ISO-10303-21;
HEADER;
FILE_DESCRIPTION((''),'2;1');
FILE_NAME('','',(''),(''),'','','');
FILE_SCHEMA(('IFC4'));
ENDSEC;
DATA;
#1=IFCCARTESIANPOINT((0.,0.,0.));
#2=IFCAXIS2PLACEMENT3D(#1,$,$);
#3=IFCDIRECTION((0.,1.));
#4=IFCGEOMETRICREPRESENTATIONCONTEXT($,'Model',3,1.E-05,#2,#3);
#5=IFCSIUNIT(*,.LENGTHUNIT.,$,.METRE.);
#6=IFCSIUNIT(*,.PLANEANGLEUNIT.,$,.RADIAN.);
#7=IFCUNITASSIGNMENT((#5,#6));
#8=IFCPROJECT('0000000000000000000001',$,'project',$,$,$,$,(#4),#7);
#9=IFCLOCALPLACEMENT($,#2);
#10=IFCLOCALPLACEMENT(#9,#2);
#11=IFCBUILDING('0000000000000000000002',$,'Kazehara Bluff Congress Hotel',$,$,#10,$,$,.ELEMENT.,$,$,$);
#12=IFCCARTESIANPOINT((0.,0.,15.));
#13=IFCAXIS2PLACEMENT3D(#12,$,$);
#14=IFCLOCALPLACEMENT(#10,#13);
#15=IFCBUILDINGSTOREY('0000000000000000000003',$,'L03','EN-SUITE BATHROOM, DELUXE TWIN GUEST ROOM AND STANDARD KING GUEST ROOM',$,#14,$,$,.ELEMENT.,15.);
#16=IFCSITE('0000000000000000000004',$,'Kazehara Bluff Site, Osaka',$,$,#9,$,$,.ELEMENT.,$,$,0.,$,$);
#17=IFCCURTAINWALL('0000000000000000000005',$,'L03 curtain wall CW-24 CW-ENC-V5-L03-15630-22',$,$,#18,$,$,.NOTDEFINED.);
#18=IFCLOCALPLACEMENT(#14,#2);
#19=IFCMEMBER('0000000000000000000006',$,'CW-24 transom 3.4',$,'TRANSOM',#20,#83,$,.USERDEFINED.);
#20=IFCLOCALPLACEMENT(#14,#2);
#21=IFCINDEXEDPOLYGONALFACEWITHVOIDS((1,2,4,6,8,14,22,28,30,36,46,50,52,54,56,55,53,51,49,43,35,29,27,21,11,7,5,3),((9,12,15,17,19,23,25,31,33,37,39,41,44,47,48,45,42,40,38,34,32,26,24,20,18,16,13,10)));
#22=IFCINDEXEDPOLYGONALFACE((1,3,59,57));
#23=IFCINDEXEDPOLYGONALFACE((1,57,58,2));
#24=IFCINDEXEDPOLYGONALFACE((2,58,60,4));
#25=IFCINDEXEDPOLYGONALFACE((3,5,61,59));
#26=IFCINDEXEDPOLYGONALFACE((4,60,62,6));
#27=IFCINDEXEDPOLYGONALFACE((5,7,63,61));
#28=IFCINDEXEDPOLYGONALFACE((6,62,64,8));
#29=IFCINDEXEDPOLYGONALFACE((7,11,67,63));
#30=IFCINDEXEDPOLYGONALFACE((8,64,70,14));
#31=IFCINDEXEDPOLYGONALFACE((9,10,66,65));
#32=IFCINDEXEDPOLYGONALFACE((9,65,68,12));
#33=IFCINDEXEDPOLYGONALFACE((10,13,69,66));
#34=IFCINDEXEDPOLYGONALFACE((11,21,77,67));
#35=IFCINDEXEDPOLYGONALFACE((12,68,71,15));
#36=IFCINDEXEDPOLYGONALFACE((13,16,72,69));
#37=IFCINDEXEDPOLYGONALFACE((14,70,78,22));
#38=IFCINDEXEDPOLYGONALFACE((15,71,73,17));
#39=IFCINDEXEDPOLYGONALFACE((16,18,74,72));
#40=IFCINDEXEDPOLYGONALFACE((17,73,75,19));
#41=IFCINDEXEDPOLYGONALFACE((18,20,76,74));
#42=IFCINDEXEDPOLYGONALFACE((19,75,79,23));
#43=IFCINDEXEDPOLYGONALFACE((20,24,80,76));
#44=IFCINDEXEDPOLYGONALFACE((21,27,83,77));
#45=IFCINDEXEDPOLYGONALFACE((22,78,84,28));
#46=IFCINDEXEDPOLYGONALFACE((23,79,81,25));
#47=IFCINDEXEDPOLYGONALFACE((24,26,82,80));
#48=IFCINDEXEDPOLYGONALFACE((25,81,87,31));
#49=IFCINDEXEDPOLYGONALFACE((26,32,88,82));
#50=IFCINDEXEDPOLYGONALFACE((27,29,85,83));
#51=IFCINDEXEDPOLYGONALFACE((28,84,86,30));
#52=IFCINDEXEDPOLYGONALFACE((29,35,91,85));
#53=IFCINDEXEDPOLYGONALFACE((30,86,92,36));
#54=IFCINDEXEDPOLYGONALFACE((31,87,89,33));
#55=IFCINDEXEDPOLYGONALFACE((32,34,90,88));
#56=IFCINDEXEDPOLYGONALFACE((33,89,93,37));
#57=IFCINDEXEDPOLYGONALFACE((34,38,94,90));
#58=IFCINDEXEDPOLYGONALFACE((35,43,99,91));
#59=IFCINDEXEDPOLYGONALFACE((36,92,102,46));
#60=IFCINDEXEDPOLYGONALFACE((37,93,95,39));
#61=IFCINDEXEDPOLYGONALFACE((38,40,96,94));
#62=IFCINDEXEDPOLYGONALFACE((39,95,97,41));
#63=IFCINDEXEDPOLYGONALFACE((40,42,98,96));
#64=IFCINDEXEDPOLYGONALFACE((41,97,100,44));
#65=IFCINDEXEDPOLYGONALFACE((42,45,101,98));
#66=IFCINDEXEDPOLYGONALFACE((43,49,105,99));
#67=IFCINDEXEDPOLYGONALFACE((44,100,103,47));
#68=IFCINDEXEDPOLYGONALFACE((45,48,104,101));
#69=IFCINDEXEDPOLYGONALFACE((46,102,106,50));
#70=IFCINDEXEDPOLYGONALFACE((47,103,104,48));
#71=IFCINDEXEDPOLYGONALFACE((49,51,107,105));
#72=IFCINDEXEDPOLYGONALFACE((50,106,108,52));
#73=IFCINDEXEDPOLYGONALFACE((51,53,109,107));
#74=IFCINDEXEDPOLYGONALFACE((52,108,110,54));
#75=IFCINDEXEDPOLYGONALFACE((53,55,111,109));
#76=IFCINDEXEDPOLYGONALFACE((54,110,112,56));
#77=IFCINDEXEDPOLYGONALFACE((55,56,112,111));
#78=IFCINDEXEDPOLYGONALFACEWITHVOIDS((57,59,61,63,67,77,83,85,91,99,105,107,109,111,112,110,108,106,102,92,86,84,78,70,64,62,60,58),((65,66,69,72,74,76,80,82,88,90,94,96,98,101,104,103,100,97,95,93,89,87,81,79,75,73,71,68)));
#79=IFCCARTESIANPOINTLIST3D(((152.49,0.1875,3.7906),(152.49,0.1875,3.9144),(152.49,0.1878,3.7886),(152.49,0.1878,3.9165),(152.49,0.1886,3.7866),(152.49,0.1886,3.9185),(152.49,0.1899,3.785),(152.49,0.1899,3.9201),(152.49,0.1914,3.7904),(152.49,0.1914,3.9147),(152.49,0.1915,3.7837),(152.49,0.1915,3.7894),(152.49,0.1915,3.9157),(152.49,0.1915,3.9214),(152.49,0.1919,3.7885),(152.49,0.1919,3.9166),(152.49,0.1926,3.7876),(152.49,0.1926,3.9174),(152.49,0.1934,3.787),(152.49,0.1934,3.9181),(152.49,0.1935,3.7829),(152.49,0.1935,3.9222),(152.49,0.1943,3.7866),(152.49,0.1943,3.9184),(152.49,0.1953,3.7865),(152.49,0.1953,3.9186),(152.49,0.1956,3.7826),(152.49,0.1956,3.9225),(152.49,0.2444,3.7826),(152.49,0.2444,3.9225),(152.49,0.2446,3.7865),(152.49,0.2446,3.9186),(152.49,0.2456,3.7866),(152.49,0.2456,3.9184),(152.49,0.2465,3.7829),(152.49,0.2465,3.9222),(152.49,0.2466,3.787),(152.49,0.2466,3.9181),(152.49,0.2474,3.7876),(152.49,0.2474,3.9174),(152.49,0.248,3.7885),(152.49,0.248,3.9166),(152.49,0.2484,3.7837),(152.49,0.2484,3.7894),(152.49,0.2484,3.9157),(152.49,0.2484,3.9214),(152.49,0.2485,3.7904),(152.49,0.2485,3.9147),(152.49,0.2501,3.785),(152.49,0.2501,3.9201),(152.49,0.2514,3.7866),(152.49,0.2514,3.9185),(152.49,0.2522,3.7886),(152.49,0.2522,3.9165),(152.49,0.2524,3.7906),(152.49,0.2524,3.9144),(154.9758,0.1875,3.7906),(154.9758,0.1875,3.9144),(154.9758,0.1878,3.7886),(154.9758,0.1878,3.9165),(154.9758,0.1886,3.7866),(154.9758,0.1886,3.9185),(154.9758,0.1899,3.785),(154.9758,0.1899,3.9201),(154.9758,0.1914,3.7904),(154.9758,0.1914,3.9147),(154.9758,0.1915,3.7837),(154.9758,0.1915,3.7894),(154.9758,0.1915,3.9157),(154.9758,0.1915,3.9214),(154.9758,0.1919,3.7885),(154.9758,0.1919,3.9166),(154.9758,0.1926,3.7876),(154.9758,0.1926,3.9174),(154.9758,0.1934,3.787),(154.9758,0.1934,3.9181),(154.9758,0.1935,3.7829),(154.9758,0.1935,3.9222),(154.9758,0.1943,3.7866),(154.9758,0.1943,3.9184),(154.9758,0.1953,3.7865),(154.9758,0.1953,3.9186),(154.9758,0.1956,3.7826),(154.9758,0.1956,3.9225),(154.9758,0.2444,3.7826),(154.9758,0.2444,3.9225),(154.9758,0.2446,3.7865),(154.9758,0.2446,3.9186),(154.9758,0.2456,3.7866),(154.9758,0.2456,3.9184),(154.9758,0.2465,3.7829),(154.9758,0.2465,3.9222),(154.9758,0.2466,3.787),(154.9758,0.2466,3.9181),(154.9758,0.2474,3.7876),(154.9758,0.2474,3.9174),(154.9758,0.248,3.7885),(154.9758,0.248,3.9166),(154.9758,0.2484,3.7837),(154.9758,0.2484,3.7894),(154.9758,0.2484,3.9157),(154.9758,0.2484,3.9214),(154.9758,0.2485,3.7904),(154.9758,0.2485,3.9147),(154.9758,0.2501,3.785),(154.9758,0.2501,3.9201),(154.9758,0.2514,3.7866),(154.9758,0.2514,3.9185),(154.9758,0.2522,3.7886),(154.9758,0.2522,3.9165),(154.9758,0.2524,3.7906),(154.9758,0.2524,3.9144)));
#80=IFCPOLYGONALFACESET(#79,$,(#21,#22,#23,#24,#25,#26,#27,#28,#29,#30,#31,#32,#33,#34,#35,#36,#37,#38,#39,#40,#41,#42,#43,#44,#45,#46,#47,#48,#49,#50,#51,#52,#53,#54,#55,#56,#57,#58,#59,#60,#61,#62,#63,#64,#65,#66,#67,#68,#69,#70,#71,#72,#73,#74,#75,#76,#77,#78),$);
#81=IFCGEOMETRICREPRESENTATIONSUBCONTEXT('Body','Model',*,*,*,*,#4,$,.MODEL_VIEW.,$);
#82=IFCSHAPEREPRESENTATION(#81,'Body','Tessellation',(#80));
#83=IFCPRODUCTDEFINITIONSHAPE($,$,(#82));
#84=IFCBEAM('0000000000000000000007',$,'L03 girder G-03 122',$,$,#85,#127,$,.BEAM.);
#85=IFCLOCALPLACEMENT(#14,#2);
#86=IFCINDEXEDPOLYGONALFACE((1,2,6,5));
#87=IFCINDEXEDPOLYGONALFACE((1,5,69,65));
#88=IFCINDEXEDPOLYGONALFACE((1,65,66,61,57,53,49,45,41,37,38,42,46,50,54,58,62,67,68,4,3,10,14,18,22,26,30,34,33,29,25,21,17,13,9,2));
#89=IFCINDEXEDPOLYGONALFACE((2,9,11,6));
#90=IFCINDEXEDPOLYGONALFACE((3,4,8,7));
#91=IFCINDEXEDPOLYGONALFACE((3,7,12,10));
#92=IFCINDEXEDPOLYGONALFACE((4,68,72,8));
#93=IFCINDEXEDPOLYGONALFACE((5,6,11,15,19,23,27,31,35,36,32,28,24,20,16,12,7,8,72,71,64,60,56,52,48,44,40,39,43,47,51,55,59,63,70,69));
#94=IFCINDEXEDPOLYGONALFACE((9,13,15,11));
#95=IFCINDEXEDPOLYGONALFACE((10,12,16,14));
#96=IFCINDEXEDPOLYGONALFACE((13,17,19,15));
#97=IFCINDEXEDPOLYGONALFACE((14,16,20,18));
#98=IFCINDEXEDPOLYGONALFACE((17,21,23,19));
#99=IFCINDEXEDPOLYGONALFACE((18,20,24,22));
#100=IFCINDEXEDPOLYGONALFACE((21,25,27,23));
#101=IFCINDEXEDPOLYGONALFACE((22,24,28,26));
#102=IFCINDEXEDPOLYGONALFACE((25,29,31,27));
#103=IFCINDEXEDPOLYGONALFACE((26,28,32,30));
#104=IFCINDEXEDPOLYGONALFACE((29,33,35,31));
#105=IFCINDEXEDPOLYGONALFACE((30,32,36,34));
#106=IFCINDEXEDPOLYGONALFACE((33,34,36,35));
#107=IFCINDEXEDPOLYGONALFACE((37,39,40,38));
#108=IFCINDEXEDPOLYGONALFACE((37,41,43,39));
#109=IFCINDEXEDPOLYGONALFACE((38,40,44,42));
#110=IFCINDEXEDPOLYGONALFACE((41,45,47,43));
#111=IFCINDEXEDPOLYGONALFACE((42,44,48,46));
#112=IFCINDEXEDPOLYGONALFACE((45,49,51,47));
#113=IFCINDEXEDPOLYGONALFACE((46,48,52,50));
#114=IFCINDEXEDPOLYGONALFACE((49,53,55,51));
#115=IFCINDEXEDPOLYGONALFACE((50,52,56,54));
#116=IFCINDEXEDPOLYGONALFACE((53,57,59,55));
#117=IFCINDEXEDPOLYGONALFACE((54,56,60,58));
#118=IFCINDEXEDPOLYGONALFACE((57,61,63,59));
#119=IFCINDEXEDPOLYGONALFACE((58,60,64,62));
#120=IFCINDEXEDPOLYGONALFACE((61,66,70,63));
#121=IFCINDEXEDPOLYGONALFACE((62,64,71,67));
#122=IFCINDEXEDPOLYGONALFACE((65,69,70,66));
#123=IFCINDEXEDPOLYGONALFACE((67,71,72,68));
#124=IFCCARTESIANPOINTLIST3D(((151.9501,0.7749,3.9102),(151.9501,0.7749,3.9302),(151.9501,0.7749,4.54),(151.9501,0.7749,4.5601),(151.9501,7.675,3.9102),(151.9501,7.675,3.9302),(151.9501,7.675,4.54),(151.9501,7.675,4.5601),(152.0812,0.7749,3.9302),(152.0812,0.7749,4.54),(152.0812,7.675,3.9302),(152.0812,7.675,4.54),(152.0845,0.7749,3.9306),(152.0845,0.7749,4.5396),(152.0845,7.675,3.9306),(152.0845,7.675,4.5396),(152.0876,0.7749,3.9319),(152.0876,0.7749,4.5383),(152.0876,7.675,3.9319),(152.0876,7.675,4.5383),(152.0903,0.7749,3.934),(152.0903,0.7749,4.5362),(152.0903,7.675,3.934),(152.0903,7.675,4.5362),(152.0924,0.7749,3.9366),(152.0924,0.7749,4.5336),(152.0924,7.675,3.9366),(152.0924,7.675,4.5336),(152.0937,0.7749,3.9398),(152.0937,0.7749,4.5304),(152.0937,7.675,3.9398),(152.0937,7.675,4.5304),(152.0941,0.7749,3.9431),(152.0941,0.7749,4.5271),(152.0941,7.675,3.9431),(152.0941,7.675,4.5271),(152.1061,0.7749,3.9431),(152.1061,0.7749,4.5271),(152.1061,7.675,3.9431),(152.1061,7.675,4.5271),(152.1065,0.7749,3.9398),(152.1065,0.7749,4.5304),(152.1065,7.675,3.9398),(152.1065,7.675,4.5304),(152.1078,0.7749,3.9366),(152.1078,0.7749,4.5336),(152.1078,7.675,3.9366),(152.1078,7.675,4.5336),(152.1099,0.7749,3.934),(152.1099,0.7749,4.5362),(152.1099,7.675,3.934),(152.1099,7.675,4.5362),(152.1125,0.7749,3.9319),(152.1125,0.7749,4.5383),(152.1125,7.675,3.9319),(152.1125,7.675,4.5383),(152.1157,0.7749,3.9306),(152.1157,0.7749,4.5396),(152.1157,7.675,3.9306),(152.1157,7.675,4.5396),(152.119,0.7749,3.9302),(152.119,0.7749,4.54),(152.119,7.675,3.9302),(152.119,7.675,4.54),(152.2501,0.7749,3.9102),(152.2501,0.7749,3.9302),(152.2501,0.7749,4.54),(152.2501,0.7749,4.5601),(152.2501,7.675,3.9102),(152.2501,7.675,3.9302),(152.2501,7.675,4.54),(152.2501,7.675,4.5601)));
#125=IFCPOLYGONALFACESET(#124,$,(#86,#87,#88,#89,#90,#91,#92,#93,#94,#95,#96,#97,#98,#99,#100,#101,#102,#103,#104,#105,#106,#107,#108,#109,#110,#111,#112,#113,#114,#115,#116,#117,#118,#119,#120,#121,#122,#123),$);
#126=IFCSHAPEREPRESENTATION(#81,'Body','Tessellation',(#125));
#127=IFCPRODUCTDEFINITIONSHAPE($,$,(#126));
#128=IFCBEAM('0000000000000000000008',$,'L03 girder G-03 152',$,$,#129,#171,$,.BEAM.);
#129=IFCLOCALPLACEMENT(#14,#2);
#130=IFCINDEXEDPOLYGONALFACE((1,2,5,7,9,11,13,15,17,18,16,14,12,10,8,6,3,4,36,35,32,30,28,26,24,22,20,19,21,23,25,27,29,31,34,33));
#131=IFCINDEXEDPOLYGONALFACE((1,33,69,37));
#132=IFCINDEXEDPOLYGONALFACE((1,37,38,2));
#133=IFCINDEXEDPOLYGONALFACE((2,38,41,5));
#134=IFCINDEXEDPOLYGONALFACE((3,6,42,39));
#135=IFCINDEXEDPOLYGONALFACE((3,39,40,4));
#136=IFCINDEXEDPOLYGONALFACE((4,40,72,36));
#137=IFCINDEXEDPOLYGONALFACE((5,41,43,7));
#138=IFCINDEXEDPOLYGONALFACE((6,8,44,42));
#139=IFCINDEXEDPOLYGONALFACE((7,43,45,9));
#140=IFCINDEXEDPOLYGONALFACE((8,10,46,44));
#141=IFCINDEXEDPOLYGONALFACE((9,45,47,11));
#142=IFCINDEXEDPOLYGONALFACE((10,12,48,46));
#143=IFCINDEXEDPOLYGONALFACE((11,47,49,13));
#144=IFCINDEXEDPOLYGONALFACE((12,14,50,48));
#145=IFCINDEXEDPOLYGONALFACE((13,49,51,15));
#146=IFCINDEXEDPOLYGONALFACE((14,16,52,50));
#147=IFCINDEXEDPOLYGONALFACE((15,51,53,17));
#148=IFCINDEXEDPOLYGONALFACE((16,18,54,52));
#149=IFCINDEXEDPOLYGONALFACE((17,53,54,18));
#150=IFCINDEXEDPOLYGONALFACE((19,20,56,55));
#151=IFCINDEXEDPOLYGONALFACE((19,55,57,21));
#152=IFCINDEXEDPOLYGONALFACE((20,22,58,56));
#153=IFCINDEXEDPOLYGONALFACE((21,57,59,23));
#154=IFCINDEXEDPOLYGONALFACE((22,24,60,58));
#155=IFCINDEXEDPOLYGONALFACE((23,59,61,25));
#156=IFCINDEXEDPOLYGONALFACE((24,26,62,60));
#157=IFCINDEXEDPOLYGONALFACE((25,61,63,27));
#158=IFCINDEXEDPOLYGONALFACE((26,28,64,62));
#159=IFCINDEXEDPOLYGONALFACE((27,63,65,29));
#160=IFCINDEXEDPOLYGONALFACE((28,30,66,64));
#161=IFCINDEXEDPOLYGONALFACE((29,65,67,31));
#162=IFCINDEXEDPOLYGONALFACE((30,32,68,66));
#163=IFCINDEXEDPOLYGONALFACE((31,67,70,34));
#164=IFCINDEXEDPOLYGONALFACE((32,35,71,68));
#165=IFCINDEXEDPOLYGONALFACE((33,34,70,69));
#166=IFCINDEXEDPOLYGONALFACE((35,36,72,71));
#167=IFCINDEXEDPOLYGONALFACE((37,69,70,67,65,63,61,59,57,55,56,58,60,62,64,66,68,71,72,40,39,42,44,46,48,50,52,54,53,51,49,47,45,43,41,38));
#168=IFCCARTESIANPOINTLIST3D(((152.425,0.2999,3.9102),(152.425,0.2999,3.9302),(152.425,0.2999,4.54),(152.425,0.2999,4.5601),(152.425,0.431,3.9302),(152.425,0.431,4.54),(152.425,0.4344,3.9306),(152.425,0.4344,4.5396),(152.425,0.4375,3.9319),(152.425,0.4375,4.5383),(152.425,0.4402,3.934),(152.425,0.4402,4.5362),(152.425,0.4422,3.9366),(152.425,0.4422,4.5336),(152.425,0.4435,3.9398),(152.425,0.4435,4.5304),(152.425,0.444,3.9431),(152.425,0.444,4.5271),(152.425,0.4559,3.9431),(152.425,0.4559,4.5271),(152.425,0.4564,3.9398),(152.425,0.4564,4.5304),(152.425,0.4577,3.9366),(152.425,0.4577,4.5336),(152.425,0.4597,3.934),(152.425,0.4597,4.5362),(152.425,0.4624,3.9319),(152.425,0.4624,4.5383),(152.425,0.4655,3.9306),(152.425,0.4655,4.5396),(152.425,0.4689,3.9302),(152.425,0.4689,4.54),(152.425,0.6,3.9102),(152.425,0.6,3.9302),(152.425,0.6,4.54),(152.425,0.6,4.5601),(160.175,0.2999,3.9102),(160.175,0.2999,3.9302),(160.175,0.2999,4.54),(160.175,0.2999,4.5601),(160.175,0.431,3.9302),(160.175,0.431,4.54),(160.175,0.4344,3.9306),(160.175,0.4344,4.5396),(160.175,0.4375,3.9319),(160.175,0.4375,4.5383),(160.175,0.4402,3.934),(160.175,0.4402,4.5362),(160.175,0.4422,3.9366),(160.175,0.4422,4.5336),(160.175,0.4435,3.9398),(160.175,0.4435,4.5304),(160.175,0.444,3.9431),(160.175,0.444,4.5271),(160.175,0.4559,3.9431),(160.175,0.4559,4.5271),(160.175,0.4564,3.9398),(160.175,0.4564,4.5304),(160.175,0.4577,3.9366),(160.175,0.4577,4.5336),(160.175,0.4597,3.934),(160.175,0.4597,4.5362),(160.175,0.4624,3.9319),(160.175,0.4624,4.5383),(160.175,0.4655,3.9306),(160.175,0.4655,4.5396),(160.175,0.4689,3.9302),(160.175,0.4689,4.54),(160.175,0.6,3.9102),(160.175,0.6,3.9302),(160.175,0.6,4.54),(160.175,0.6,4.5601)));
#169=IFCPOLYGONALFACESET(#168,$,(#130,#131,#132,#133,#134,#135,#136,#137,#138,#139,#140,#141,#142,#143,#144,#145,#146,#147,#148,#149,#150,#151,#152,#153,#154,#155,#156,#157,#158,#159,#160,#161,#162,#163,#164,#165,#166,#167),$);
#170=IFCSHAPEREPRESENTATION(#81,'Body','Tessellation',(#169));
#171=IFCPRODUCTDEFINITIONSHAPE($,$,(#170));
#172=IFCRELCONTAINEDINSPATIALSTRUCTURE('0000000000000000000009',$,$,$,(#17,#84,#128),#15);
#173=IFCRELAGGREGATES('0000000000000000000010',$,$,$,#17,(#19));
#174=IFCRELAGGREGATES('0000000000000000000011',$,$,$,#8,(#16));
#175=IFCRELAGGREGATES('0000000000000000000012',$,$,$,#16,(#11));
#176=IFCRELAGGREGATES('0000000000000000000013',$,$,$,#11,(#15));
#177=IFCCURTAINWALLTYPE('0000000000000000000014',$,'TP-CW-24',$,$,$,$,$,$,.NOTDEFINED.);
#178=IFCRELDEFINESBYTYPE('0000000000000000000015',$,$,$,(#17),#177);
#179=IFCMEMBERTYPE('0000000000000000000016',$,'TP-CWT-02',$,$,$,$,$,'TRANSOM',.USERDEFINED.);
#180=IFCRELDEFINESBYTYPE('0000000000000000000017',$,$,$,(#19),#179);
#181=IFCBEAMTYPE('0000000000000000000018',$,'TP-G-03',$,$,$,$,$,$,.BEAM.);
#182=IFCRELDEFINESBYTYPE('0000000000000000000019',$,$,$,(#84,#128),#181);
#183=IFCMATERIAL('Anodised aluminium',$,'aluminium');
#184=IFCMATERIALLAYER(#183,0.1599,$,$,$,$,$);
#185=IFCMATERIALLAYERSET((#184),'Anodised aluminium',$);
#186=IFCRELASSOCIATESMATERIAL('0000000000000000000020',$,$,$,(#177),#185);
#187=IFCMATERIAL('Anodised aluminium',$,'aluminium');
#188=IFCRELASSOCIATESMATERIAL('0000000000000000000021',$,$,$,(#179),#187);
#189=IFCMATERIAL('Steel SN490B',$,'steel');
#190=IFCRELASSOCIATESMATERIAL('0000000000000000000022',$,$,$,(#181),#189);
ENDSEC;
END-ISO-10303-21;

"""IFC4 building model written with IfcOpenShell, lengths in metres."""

from ifc_helpers import new_model, si_unit, direction, frame, origin, origin_2d, place, context, subcontext, project, spatial, hollow_rectangle, i_section, extrude, material, layer, layer_set, material_profile, profile_set, type_object, element, aggregate, save


model = new_model("IFC4")

# Units and contexts
model_context = context("Model", 3, precision=1e-05, world=origin(), true_north=direction((0.0, 1.0)))
body_context = subcontext(model_context, "Body", "Model", "MODEL_VIEW")
ifc_project = project(units=[si_unit("LENGTHUNIT", "METRE"), si_unit("PLANEANGLEUNIT", "RADIAN")], contexts=[model_context])

# Site, building, storey
site_placement = place(None, origin())
site = spatial("IfcSite", under=ifc_project, at=site_placement, Name="Kazehara Bluff Site, Osaka", CompositionType="ELEMENT", RefElevation=0.0)
building_placement = place(site_placement, origin())
building = spatial("IfcBuilding", under=site, at=building_placement, Name="Kazehara Bluff Congress Hotel", CompositionType="ELEMENT")
storey_placement = place(building_placement, frame((0.0, 0.0, 15.0)))
storey = spatial("IfcBuildingStorey", under=building, at=storey_placement, Name="L03", Description="EN-SUITE BATHROOM, DELUXE TWIN GUEST ROOM AND STANDARD KING GUEST ROOM", CompositionType="ELEMENT", Elevation=15.0)

# Curtain wall
ifc_material_1 = material(Name="Anodised aluminium", Category="aluminium")
ifc_layer_1 = layer(ifc_material_1, 0.1599)
ifc_layer_set_1 = layer_set([ifc_layer_1], Name="Anodised aluminium")
curtain_wall_type = type_object("IfcCurtainWallType", Name="TP-CW-24", PredefinedType="NOTDEFINED", material=ifc_layer_set_1)
curtain_wall_1_placement = place(storey_placement, origin())
curtain_wall_1 = element("IfcCurtainWall", 1, at=curtain_wall_1_placement, inside=storey, type_object=curtain_wall_type, Name="L03 curtain wall CW-24 CW-ENC-V5-L03-15630-22", PredefinedType="NOTDEFINED")

# Member
ifc_material_2 = material(Name="Anodised aluminium", Category="aluminium")
ifc_material_profile_1 = material_profile(ifc_material_2, hollow_rectangle(XDim=0.0649, YDim=0.1399, WallThickness=0.0039, InnerFilletRadius=0.0039, OuterFilletRadius=0.0081, at=origin_2d()))
ifc_profile_set_1 = profile_set([ifc_material_profile_1], Name="Anodised aluminium")
member_type_1 = type_object("IfcMemberType", Name="TP-CWT-02", ElementType="TRANSOM", PredefinedType="USERDEFINED", material=ifc_profile_set_1)
member_1_placement = place(storey_placement, frame((154.9758, 0.22, 3.8525), z_axis=(-1.0, 0.0, 0.0), x_axis=(0.0, -1.0, 0.0)))
member_1 = element("IfcMember", 2, at=member_1_placement, type_object=member_type_1, Name="CW-24 transom 3.4", ObjectType="TRANSOM", PredefinedType="USERDEFINED", context=body_context, shape_type="SweptSolid", body=[
    extrude(hollow_rectangle(XDim=0.0649, YDim=0.1399, WallThickness=0.0039, InnerFilletRadius=0.0039, OuterFilletRadius=0.0081, at=origin_2d()), origin(), (0.0, 0.0, 1.0), 2.4858),
])

# Beams
ifc_material_3 = material(Name="Steel SN490B", Category="steel")
ifc_material_profile_2 = material_profile(ifc_material_3, i_section(OverallWidth=0.3, OverallDepth=0.6499, WebThickness=0.012, FlangeThickness=0.02, FilletRadius=0.0129, at=origin_2d()))
ifc_profile_set_2 = profile_set([ifc_material_profile_2], Name="Steel SN490B")
beam_type_1 = type_object("IfcBeamType", Name="TP-G-03", PredefinedType="BEAM", material=ifc_profile_set_2)
beam_1_placement = place(storey_placement, frame((152.1001, 0.7749, 4.2351), z_axis=(0.0, 1.0, 0.0), x_axis=(-1.0, 0.0, 0.0)))
element("IfcBeam", 3, at=beam_1_placement, inside=storey, type_object=beam_type_1, Name="L03 girder G-03 122", PredefinedType="BEAM", context=body_context, shape_type="SweptSolid", body=[
    extrude(i_section(OverallWidth=0.3, OverallDepth=0.6499, WebThickness=0.012, FlangeThickness=0.02, FilletRadius=0.0129, at=origin_2d()), origin(), (0.0, 0.0, 1.0), 6.9001),
])
beam_2_placement = place(storey_placement, frame((152.425, 0.45, 4.2351), z_axis=(1.0, 0.0, 0.0), x_axis=(0.0, 1.0, 0.0)))
element("IfcBeam", 4, at=beam_2_placement, inside=storey, type_object=beam_type_1, Name="L03 girder G-03 152", PredefinedType="BEAM", context=body_context, shape_type="SweptSolid", body=[
    extrude(i_section(OverallWidth=0.3, OverallDepth=0.6499, WebThickness=0.012, FlangeThickness=0.02, FilletRadius=0.0129, at=origin_2d()), origin(), (0.0, 0.0, 1.0), 7.75),
])

aggregate(curtain_wall_1, [member_1])

save(model, "model.ifc")
